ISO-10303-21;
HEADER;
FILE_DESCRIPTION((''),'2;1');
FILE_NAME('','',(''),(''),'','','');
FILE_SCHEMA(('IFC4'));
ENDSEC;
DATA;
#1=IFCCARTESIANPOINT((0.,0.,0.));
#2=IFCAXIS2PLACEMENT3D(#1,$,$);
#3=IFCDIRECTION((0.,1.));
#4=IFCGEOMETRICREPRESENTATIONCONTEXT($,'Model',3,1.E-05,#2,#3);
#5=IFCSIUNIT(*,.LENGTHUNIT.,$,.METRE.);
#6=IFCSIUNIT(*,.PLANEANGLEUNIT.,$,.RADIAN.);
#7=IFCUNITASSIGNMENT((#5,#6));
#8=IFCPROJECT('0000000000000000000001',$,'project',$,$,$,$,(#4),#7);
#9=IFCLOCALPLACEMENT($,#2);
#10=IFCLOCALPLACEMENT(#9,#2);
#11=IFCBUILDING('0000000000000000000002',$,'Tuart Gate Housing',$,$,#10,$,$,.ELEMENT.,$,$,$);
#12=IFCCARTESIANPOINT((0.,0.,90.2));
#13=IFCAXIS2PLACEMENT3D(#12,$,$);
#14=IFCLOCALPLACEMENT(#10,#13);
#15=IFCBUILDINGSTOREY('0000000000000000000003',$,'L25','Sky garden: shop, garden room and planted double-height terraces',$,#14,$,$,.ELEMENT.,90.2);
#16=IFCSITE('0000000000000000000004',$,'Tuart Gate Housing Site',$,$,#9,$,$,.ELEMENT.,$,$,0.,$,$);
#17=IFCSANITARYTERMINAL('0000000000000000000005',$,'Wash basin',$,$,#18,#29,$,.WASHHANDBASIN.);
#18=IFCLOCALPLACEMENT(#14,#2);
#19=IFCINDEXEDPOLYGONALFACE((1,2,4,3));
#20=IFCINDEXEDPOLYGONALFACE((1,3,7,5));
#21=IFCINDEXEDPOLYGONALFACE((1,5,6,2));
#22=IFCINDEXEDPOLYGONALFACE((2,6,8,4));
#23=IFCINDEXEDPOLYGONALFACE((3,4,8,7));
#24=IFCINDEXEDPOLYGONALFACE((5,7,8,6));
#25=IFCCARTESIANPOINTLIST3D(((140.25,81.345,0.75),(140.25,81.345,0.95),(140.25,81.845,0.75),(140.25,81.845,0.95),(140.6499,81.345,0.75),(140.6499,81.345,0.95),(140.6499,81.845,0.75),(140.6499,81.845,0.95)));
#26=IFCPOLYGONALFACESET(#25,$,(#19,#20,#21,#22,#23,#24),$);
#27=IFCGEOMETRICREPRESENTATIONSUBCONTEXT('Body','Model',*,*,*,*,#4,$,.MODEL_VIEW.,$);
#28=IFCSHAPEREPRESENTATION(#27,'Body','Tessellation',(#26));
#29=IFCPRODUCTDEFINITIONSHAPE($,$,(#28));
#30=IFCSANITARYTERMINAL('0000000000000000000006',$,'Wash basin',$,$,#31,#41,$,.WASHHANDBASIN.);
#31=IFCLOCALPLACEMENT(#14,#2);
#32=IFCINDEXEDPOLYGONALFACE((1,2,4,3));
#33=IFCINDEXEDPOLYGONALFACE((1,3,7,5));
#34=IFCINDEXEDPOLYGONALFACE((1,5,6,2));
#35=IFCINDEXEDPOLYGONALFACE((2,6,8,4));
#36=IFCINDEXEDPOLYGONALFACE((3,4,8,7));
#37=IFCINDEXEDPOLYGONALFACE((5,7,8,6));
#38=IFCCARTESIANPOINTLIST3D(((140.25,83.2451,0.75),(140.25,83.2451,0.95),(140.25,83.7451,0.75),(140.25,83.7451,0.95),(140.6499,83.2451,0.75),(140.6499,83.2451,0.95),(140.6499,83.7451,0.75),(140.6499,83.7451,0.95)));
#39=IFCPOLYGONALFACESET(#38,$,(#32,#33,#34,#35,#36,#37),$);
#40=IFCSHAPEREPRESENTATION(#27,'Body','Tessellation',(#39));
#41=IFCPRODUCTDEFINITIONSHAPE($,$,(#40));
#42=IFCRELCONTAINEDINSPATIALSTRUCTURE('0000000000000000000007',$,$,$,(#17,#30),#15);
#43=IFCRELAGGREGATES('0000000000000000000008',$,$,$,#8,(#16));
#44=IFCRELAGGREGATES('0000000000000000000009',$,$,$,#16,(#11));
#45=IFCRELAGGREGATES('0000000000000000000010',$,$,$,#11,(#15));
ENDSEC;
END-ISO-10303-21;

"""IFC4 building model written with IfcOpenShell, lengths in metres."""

from ifc_helpers import new_model, si_unit, direction, frame, origin, origin_2d, place, context, subcontext, project, spatial, rectangle, extrude, element, save


model = new_model("IFC4")

# Units and contexts
model_context = context("Model", 3, precision=1e-05, world=origin(), true_north=direction((0.0, 1.0)))
body_context = subcontext(model_context, "Body", "Model", "MODEL_VIEW")
ifc_project = project(units=[si_unit("LENGTHUNIT", "METRE"), si_unit("PLANEANGLEUNIT", "RADIAN")], contexts=[model_context])

# Site, building, storey
site_placement = place(None, origin())
site = spatial("IfcSite", under=ifc_project, at=site_placement, Name="Tuart Gate Housing Site", CompositionType="ELEMENT", RefElevation=0.0)
building_placement = place(site_placement, origin())
building = spatial("IfcBuilding", under=site, at=building_placement, Name="Tuart Gate Housing", CompositionType="ELEMENT")
storey_placement = place(building_placement, frame((0.0, 0.0, 90.2)))
storey = spatial("IfcBuildingStorey", under=building, at=storey_placement, Name="L25", Description="Sky garden: shop, garden room and planted double-height terraces", CompositionType="ELEMENT", Elevation=90.2)

# Sanitary terminals
for number, where, z_axis, x_axis, name in (
    (1, (140.45, 81.595, 0.75), (0.0, 0.0, 1.0), (1.0, 0.0, 0.0), "Wash basin"),
    (2, (140.45, 83.4951, 0.75), (0.0, 0.0, 1.0), (1.0, 0.0, 0.0), "Wash basin"),
):
    element("IfcSanitaryTerminal", number, at=place(storey_placement, frame(where, z_axis=z_axis, x_axis=x_axis)), inside=storey, Name=name, PredefinedType="WASHHANDBASIN", context=body_context, shape_type="SweptSolid", body=[
        extrude(rectangle(XDim=0.3999, YDim=0.5, at=origin_2d()), origin(), (0.0, 0.0, 1.0), 0.2),
    ])

save(model, "model.ifc")
